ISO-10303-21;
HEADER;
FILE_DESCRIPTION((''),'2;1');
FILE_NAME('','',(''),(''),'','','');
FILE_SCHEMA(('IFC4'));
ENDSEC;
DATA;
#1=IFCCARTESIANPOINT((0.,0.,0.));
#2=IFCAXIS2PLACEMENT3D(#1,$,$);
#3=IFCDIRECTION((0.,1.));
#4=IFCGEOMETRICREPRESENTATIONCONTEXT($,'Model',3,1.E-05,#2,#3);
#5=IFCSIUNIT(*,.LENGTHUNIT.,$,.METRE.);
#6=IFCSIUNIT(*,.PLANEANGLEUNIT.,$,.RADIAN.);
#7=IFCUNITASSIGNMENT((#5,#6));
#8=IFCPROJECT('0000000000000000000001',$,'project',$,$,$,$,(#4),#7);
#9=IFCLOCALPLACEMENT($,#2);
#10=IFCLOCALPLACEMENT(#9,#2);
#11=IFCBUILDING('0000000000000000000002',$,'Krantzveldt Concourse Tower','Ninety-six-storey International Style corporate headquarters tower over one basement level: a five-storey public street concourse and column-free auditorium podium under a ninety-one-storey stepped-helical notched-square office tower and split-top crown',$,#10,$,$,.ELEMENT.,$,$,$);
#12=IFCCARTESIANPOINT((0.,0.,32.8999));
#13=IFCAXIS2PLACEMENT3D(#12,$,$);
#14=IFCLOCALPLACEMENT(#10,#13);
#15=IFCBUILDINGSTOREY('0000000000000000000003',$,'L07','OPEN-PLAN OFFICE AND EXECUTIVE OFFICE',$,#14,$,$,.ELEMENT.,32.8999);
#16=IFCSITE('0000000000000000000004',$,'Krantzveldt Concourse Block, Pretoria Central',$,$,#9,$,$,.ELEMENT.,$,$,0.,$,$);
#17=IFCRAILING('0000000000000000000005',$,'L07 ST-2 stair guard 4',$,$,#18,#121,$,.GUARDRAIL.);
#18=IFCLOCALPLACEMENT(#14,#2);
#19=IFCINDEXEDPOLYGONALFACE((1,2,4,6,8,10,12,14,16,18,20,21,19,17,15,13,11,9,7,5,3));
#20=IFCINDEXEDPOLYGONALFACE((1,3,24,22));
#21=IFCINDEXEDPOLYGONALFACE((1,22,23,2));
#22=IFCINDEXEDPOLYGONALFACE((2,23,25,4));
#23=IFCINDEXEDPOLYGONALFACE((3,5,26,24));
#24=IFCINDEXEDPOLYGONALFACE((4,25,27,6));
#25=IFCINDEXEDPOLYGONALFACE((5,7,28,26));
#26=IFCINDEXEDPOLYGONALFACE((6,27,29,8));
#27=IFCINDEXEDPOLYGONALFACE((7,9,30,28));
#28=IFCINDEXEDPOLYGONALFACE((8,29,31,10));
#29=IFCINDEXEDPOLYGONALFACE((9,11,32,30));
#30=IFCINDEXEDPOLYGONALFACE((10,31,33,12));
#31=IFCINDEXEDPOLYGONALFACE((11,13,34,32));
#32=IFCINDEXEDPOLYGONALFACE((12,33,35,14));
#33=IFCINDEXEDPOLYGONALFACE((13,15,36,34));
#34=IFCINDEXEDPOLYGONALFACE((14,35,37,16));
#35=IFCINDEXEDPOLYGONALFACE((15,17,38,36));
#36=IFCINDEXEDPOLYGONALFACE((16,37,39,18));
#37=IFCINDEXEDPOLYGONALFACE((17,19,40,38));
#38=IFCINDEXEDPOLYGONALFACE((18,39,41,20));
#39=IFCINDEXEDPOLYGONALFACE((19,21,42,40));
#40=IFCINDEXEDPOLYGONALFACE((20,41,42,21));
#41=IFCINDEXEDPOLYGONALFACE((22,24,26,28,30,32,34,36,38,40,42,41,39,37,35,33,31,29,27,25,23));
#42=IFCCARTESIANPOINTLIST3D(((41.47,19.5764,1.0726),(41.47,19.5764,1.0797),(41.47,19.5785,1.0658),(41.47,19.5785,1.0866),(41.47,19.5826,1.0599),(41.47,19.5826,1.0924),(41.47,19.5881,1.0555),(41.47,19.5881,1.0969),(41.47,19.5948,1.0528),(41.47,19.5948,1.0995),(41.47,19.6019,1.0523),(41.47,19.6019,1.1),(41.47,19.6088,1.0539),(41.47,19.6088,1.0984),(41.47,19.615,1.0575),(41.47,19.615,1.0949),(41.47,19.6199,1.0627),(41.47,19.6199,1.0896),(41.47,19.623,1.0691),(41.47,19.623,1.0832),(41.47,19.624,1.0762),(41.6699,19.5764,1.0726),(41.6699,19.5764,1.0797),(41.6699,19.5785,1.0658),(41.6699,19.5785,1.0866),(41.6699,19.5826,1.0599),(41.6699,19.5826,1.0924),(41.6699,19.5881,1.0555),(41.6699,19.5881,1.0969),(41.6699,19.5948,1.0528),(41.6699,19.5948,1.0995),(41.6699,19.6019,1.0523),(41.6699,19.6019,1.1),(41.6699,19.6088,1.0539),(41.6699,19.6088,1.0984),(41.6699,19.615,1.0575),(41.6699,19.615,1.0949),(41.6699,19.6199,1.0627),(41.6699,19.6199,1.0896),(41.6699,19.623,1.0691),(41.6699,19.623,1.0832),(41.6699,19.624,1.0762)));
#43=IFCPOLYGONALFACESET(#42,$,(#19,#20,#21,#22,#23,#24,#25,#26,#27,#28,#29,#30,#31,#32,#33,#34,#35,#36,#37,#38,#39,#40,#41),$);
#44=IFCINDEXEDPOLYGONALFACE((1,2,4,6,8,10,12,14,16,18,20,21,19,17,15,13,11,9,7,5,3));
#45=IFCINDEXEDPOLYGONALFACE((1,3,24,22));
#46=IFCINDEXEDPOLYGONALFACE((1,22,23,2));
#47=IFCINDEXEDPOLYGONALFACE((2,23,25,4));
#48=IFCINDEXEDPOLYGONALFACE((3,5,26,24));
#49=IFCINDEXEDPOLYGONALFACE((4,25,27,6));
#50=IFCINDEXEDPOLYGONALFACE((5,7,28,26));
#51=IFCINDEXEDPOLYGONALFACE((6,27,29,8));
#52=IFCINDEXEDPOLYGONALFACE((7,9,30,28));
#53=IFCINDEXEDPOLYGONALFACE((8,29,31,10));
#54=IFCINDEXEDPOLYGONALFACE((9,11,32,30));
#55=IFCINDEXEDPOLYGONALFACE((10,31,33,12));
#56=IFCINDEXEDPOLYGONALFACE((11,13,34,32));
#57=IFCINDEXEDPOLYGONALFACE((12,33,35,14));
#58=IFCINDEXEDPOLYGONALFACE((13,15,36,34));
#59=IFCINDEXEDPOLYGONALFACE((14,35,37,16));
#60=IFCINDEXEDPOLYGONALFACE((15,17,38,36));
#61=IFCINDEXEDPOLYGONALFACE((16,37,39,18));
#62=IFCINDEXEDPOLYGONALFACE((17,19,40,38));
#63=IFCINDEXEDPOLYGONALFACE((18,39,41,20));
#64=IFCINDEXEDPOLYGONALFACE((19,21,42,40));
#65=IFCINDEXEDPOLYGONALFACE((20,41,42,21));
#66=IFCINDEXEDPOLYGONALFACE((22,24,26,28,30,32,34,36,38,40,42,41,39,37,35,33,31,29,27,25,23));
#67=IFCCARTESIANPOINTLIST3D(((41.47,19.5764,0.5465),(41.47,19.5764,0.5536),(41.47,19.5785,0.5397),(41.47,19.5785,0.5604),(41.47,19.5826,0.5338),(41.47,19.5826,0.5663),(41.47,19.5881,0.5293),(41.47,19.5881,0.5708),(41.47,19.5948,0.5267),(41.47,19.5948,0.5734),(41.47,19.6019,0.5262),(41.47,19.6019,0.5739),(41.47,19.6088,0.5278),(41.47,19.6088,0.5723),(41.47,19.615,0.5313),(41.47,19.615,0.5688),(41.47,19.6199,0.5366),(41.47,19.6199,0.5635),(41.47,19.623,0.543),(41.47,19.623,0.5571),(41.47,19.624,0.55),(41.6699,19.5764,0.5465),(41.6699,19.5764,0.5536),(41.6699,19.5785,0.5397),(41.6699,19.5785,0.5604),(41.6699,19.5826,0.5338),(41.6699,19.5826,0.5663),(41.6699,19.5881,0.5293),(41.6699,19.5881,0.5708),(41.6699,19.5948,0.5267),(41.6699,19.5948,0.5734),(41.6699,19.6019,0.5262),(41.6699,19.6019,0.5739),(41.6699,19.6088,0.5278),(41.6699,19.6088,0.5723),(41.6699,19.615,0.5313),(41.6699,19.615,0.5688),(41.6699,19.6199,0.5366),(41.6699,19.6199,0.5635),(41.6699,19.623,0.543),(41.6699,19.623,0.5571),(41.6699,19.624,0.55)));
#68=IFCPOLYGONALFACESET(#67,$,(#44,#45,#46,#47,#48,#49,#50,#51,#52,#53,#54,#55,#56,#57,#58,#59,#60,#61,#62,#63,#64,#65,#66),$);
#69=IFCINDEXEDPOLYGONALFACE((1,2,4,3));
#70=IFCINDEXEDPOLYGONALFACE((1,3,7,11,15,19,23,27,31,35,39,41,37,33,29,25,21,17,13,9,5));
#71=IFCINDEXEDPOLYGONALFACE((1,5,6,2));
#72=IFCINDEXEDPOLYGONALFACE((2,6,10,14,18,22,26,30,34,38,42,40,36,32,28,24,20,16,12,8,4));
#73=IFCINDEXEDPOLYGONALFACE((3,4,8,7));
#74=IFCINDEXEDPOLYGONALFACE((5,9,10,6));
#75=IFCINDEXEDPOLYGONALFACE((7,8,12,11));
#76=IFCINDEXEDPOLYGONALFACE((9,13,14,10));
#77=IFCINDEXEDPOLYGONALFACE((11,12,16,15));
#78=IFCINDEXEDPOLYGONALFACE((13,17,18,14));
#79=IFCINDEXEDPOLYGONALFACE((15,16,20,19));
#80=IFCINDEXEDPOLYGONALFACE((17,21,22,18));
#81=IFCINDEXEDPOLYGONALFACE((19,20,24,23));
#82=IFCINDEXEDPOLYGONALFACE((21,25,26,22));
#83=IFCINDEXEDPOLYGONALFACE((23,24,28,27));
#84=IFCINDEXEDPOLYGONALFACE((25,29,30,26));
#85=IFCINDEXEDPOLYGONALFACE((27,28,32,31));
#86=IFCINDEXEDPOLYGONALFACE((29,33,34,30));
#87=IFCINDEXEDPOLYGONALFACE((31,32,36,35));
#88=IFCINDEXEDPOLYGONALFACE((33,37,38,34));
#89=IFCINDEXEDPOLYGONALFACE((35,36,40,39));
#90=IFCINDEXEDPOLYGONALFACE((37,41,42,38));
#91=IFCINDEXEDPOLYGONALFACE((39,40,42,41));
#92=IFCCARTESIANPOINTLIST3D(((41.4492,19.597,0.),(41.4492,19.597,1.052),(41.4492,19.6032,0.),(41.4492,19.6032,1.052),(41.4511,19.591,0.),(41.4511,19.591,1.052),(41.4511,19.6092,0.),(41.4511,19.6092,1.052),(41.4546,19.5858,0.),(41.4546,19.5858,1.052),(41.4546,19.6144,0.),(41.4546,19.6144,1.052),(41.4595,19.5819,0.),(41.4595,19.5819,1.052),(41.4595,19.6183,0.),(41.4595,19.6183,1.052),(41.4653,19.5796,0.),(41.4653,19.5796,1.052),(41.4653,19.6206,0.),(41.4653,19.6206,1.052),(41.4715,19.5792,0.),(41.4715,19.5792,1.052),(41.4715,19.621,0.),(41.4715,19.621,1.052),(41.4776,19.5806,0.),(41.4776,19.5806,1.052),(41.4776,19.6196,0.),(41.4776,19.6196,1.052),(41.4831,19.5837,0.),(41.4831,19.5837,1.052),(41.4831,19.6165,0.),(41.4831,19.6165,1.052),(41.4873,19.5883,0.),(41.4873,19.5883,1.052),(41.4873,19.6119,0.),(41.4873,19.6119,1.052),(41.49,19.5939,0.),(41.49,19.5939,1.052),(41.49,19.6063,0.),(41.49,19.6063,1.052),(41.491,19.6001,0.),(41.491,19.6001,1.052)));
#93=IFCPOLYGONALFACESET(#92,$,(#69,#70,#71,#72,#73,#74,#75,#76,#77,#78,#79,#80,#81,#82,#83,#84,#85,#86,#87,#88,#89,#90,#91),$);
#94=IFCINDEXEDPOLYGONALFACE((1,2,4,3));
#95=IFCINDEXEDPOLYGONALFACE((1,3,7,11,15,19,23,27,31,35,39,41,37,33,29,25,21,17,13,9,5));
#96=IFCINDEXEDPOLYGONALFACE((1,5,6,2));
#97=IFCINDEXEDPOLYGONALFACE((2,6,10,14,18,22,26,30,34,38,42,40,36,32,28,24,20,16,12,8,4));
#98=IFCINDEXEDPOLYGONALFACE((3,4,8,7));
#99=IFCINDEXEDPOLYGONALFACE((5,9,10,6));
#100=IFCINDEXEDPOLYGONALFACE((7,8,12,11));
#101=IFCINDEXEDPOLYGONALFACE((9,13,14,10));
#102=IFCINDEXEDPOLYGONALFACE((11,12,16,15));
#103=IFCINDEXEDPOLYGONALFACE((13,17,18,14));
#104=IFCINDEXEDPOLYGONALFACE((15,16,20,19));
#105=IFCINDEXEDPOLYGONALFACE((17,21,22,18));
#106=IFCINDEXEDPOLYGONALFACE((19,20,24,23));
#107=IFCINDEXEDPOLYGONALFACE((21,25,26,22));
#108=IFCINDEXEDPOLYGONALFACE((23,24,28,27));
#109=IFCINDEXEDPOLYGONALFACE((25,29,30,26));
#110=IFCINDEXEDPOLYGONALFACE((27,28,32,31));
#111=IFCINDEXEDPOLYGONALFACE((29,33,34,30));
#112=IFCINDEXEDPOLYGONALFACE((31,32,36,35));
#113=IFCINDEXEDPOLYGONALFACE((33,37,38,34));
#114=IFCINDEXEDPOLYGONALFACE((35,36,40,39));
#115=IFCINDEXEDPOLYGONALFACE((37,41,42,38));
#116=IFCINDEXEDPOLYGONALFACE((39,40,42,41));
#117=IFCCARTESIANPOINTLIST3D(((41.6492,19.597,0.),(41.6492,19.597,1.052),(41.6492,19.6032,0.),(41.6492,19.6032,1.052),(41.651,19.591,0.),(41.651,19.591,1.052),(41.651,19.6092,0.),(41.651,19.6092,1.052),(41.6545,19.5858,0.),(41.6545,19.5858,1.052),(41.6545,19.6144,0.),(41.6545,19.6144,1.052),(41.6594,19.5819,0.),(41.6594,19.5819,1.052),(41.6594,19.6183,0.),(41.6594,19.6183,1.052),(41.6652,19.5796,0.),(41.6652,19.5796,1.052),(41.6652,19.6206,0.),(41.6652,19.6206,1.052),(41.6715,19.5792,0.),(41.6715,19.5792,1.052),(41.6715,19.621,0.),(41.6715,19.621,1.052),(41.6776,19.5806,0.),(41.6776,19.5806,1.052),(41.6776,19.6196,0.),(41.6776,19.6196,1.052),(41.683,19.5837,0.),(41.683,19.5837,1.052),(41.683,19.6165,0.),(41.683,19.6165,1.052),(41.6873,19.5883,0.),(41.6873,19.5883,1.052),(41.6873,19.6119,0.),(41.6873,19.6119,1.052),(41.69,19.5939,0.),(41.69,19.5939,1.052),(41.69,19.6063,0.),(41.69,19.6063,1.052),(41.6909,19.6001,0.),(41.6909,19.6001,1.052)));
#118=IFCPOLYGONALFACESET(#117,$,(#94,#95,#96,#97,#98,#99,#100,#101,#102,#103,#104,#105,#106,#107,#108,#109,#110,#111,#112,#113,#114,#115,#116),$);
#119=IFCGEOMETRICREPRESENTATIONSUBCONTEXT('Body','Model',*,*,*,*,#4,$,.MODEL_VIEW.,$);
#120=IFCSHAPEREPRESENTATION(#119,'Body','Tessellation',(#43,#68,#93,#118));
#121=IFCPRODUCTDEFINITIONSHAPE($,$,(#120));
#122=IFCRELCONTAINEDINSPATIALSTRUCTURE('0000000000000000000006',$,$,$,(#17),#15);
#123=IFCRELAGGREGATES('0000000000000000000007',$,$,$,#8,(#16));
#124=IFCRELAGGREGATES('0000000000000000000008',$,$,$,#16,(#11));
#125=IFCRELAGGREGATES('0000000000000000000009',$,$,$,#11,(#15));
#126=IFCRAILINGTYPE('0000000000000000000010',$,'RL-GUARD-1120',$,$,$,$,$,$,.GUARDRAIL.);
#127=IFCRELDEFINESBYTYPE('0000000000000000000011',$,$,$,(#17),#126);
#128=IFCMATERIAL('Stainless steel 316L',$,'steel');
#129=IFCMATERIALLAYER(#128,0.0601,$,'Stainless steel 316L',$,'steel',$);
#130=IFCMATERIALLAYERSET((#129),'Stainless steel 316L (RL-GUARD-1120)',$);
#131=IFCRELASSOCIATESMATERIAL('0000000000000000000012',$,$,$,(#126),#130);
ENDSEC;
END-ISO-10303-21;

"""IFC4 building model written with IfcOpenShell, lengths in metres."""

from ifc_helpers import new_model, si_unit, direction, frame, origin, origin_2d, place, context, subcontext, project, spatial, circle, extrude, material, layer, layer_set, type_object, element, save


model = new_model("IFC4")

# Units and contexts
model_context = context("Model", 3, precision=1e-05, world=origin(), true_north=direction((0.0, 1.0)))
body_context = subcontext(model_context, "Body", "Model", "MODEL_VIEW")
ifc_project = project(units=[si_unit("LENGTHUNIT", "METRE"), si_unit("PLANEANGLEUNIT", "RADIAN")], contexts=[model_context])

# Site, building, storey
site_placement = place(None, origin())
site = spatial("IfcSite", under=ifc_project, at=site_placement, Name="Krantzveldt Concourse Block, Pretoria Central", CompositionType="ELEMENT", RefElevation=0.0)
building_placement = place(site_placement, origin())
building = spatial("IfcBuilding", under=site, at=building_placement, Name="Krantzveldt Concourse Tower", Description="Ninety-six-storey International Style corporate headquarters tower over one basement level: a five-storey public street concourse and column-free auditorium podium under a ninety-one-storey stepped-helical notched-square office tower and split-top crown", CompositionType="ELEMENT")
storey_placement = place(building_placement, frame((0.0, 0.0, 32.8999)))
storey = spatial("IfcBuildingStorey", under=building, at=storey_placement, Name="L07", Description="OPEN-PLAN OFFICE AND EXECUTIVE OFFICE", CompositionType="ELEMENT", Elevation=32.8999)

# Railing
ifc_material_1 = material(Name="Stainless steel 316L", Category="steel")
ifc_layer_1 = layer(ifc_material_1, 0.0601, Name="Stainless steel 316L", Category="steel")
ifc_layer_set_1 = layer_set([ifc_layer_1], Name="Stainless steel 316L (RL-GUARD-1120)")
railing_type_1 = type_object("IfcRailingType", Name="RL-GUARD-1120", PredefinedType="GUARDRAIL", material=ifc_layer_set_1)
railing_1_placement = place(storey_placement, frame((41.47, 19.6001, 0.0)))
element("IfcRailing", 1, at=railing_1_placement, inside=storey, type_object=railing_type_1, Name="L07 ST-2 stair guard 4", PredefinedType="GUARDRAIL", context=body_context, shape_type="SweptSolid", body=[
    extrude(circle(Radius=0.0239, at=origin_2d()), frame((0.0, 0.0, 1.0762), z_axis=(1.0, 0.0, 0.0), x_axis=(0.0, 1.0, 0.0)), (0.0, 0.0, 1.0), 0.2),
    extrude(circle(Radius=0.0239, at=origin_2d()), frame((0.0, 0.0, 0.55), z_axis=(1.0, 0.0, 0.0), x_axis=(0.0, 1.0, 0.0)), (0.0, 0.0, 1.0), 0.2),
    extrude(circle(Radius=0.021, at=origin_2d()), origin(), (0.0, 0.0, 1.0), 1.052),
    extrude(circle(Radius=0.021, at=origin_2d()), frame((0.2, 0.0, 0.0)), (0.0, 0.0, 1.0), 1.052),
])

save(model, "model.ifc")
